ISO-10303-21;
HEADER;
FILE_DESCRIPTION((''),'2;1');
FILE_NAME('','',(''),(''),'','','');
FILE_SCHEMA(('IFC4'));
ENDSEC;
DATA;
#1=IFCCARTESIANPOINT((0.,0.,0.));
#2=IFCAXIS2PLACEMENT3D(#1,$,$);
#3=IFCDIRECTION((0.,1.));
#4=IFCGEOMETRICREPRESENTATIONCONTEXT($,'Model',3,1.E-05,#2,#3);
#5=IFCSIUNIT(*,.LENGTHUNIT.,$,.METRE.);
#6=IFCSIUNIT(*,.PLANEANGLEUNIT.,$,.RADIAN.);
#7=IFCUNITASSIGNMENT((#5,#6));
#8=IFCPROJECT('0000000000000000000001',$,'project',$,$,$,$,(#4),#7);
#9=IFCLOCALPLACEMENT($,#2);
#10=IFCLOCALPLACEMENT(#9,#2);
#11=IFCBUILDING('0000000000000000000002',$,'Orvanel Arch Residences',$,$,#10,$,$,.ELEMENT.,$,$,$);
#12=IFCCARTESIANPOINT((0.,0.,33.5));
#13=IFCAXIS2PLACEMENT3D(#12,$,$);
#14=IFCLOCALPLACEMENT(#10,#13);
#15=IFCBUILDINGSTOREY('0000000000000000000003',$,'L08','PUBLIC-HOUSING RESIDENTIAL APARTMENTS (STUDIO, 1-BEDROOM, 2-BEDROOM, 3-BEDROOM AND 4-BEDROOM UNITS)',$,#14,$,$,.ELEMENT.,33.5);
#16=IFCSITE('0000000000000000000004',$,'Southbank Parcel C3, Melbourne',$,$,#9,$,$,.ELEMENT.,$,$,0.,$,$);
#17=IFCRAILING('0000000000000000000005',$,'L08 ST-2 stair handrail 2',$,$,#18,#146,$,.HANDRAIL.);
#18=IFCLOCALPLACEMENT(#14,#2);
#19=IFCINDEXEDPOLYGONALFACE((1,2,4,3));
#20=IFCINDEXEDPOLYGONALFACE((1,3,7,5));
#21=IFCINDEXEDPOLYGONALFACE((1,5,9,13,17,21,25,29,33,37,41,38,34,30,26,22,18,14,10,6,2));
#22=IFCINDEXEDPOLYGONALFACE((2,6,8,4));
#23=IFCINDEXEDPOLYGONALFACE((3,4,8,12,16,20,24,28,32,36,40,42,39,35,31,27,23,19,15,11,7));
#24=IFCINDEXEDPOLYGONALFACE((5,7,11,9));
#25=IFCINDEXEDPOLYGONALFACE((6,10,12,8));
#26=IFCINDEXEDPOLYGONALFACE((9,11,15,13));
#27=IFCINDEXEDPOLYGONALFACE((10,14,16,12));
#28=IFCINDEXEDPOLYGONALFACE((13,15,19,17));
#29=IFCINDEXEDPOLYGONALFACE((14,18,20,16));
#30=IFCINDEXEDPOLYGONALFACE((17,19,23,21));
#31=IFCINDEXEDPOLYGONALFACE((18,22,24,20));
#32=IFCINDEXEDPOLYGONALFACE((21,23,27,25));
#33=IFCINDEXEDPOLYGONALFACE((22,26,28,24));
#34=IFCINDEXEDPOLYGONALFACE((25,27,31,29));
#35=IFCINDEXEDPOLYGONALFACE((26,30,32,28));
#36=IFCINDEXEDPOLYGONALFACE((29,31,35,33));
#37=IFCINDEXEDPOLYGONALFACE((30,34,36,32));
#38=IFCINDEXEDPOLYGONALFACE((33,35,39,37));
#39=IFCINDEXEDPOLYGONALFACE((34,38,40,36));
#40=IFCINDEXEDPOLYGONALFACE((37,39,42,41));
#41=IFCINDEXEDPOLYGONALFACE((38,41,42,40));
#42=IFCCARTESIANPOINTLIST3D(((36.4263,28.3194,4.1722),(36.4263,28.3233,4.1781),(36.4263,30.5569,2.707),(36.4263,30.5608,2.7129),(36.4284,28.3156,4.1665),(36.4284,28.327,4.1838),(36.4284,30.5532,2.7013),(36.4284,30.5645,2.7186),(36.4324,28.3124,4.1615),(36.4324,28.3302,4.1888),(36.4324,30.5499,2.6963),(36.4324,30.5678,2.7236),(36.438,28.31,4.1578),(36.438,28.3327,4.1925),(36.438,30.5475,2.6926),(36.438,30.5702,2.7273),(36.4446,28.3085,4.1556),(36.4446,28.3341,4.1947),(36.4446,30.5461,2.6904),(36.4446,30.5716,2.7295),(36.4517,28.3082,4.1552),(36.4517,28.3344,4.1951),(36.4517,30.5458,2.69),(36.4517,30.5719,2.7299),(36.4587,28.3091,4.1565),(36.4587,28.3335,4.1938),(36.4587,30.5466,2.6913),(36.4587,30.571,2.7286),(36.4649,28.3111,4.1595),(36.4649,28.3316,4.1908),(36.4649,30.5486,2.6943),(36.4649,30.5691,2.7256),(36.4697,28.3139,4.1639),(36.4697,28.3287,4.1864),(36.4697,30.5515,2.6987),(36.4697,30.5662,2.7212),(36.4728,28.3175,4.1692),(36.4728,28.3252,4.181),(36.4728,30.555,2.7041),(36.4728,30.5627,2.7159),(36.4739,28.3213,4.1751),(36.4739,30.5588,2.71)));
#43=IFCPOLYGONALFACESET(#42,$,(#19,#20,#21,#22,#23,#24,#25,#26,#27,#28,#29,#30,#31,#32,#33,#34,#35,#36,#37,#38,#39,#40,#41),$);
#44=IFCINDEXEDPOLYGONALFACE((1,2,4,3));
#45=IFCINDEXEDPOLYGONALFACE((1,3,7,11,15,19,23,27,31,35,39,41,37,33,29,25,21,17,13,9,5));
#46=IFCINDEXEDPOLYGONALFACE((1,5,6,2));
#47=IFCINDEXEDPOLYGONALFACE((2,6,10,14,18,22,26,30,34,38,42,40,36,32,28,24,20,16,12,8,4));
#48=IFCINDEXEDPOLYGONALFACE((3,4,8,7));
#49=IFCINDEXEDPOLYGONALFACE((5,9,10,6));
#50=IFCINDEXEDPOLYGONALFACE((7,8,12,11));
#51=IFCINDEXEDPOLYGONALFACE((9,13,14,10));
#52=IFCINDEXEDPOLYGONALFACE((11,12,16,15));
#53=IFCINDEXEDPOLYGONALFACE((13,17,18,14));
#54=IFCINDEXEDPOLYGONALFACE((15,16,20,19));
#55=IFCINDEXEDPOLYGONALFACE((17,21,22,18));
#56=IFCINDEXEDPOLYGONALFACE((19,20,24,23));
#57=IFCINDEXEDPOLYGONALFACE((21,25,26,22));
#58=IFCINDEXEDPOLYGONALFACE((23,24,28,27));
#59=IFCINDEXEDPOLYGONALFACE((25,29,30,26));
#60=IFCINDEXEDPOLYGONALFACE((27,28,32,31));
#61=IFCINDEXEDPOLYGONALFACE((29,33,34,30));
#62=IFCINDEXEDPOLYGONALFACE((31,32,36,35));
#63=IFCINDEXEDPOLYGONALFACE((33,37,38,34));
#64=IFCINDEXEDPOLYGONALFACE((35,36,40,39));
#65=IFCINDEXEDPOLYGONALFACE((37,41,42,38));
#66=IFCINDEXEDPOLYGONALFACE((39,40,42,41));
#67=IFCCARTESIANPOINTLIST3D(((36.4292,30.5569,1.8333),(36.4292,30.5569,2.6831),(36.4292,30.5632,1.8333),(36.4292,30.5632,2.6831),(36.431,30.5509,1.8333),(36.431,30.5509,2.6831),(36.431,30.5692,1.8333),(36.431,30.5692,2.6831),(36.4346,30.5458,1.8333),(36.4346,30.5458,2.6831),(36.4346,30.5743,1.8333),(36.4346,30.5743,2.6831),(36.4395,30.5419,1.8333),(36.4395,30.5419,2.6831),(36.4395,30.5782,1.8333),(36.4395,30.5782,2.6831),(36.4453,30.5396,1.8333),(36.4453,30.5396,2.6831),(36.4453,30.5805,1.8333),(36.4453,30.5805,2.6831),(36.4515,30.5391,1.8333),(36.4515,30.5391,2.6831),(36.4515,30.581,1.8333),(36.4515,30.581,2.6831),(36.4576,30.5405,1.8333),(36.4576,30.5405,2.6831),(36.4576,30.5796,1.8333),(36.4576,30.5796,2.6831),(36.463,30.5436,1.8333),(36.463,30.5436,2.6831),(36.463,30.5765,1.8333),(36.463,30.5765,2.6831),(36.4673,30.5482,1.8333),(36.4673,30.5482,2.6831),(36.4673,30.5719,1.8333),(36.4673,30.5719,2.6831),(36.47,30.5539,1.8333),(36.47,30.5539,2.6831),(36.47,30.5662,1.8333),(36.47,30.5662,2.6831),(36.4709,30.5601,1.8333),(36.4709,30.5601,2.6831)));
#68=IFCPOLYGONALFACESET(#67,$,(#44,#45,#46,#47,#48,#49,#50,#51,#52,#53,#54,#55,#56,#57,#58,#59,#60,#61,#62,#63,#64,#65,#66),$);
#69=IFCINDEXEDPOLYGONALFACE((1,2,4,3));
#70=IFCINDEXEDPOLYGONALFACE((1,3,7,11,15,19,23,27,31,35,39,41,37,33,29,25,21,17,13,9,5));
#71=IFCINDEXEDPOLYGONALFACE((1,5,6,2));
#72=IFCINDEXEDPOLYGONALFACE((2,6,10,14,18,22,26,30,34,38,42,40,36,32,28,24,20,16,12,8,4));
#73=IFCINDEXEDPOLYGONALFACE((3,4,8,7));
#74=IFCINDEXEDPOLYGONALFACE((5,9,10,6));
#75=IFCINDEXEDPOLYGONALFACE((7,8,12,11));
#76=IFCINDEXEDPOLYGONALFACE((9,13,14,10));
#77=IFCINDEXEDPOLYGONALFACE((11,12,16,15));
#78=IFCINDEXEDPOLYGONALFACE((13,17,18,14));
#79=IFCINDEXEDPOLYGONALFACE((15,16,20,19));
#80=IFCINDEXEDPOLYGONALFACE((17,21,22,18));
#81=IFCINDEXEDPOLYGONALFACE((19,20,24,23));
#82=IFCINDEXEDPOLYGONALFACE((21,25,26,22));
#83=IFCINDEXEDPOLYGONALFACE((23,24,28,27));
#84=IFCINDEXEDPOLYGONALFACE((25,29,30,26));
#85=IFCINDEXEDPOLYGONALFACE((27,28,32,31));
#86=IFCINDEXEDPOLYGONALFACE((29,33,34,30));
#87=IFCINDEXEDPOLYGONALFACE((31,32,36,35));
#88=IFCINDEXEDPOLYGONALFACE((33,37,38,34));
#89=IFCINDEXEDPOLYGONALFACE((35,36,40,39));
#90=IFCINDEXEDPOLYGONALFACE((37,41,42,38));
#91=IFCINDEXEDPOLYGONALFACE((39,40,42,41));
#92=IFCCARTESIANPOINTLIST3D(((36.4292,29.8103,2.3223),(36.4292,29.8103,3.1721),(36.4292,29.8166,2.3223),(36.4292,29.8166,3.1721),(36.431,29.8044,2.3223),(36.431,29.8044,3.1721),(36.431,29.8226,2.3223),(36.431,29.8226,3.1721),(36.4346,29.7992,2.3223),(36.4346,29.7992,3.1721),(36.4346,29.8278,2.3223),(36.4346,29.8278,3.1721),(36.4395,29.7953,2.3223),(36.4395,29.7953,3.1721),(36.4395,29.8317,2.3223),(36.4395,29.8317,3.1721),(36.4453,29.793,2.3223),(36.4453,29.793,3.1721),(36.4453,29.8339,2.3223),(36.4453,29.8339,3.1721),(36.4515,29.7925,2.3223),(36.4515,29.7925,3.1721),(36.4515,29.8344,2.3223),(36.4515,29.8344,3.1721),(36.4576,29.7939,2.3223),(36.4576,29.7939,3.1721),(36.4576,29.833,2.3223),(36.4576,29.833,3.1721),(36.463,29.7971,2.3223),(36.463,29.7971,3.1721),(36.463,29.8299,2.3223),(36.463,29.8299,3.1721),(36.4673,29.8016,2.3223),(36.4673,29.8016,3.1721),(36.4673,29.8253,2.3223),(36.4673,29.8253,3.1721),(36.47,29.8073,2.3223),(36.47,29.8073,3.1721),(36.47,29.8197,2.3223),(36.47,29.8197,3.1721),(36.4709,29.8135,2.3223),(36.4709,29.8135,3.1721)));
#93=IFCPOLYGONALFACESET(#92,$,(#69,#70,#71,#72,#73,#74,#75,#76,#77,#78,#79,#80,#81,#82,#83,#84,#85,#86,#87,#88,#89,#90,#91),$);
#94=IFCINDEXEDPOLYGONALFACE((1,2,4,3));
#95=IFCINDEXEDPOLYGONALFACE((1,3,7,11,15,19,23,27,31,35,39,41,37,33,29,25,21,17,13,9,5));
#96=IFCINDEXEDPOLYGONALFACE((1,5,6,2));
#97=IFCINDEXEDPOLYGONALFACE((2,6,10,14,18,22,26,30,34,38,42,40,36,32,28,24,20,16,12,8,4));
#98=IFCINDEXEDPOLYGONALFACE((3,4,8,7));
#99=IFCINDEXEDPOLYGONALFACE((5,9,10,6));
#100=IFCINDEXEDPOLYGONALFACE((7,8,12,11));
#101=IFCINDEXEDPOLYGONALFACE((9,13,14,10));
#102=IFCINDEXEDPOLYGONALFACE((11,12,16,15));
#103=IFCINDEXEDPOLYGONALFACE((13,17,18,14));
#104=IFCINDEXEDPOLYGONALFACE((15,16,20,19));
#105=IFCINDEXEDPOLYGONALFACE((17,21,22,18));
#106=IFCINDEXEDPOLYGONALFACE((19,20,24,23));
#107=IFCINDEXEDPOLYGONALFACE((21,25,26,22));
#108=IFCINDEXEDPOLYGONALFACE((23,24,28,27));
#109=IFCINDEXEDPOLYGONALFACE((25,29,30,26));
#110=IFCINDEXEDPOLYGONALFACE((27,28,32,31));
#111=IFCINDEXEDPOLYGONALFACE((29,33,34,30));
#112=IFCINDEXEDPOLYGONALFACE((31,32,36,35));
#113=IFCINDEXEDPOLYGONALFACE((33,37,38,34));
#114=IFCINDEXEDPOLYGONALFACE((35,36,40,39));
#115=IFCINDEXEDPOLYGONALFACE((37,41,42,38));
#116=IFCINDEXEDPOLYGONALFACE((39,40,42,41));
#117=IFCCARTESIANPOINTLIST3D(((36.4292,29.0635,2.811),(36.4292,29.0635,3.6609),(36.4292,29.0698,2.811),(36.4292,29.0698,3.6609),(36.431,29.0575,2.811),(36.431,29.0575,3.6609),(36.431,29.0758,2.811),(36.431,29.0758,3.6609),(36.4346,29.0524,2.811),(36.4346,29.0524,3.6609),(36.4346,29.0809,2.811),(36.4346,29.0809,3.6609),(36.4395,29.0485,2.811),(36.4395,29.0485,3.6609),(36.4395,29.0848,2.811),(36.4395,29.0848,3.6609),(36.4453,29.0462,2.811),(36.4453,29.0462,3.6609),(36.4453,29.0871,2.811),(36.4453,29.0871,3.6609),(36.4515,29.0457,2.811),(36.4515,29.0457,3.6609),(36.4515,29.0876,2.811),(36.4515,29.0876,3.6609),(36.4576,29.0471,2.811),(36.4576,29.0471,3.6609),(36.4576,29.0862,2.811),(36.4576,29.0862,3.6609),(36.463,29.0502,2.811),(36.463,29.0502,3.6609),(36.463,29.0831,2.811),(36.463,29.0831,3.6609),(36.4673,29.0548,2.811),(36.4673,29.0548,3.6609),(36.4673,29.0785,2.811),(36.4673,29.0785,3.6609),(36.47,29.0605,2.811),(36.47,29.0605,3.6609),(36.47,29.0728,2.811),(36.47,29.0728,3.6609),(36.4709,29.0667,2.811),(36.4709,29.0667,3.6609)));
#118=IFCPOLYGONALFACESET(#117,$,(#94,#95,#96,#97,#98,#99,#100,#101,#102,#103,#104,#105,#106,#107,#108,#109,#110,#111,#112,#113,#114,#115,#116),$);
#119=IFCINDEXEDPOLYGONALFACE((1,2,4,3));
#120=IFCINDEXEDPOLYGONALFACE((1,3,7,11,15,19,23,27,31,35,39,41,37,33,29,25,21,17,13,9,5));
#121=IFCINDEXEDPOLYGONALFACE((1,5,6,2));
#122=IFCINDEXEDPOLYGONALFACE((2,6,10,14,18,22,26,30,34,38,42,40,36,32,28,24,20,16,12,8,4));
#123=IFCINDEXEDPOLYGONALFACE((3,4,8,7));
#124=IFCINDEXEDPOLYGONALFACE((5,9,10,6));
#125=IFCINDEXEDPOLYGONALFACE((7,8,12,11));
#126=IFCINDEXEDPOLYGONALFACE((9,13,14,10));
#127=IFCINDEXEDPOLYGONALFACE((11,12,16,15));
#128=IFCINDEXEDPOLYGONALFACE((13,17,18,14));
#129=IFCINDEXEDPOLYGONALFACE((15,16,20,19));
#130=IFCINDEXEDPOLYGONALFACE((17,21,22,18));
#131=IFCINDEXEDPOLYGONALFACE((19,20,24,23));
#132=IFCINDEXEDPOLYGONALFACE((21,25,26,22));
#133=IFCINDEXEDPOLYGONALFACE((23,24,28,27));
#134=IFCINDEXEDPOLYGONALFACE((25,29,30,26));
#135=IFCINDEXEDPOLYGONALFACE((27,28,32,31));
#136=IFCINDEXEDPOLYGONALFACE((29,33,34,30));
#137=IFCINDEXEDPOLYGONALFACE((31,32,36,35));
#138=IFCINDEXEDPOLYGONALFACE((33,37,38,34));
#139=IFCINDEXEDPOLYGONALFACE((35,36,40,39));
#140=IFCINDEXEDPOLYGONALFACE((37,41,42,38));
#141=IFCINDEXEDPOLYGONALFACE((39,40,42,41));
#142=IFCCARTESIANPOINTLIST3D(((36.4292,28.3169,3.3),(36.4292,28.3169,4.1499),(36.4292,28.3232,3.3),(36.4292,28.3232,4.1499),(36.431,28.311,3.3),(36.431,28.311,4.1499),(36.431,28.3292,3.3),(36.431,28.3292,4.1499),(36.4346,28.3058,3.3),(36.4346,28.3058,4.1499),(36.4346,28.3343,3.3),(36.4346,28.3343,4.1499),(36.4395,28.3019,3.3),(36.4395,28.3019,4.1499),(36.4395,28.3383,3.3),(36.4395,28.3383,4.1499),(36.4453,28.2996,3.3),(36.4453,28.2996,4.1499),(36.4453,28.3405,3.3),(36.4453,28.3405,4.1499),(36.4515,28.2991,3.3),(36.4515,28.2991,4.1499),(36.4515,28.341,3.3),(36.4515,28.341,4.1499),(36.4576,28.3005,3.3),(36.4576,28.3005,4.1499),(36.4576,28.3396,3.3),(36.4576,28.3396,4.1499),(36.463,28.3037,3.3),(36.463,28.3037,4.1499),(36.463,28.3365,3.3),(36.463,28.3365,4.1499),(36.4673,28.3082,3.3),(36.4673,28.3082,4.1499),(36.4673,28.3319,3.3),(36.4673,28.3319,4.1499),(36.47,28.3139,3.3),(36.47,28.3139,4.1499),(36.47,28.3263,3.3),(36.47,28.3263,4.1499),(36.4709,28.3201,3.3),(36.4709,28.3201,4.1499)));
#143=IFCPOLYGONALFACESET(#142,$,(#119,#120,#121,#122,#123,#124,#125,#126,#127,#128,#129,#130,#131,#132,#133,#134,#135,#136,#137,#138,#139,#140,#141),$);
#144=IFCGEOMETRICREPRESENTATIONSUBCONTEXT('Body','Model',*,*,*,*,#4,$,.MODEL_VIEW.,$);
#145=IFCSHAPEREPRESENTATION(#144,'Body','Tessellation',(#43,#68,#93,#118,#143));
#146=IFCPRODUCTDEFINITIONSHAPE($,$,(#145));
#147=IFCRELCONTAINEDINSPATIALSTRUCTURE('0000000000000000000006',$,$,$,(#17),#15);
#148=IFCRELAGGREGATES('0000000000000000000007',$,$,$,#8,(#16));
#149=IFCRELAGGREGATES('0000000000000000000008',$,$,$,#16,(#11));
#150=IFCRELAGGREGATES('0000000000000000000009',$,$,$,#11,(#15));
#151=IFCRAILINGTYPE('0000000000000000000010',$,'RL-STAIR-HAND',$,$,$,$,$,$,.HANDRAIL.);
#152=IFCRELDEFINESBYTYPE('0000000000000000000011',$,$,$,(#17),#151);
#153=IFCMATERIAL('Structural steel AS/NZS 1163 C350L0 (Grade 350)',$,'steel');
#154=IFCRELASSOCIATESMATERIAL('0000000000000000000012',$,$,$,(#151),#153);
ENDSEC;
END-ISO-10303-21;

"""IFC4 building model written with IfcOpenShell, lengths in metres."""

from ifc_helpers import new_model, si_unit, direction, frame, origin, origin_2d, place, context, subcontext, project, spatial, circle, extrude, material, type_object, element, save


model = new_model("IFC4")

# Units and contexts
model_context = context("Model", 3, precision=1e-05, world=origin(), true_north=direction((0.0, 1.0)))
body_context = subcontext(model_context, "Body", "Model", "MODEL_VIEW")
ifc_project = project(units=[si_unit("LENGTHUNIT", "METRE"), si_unit("PLANEANGLEUNIT", "RADIAN")], contexts=[model_context])

# Site, building, storey
site_placement = place(None, origin())
site = spatial("IfcSite", under=ifc_project, at=site_placement, Name="Southbank Parcel C3, Melbourne", CompositionType="ELEMENT", RefElevation=0.0)
building_placement = place(site_placement, origin())
building = spatial("IfcBuilding", under=site, at=building_placement, Name="Orvanel Arch Residences", CompositionType="ELEMENT")
storey_placement = place(building_placement, frame((0.0, 0.0, 33.5)))
storey = spatial("IfcBuildingStorey", under=building, at=storey_placement, Name="L08", Description="PUBLIC-HOUSING RESIDENTIAL APARTMENTS (STUDIO, 1-BEDROOM, 2-BEDROOM, 3-BEDROOM AND 4-BEDROOM UNITS)", CompositionType="ELEMENT", Elevation=33.5)

# Railing
ifc_material_1 = material(Name="Structural steel AS/NZS 1163 C350L0 (Grade 350)", Category="steel")
railing_type_1 = type_object("IfcRailingType", Name="RL-STAIR-HAND", PredefinedType="HANDRAIL", material=ifc_material_1)
railing_1_placement = place(storey_placement, frame((36.45, 30.5601, 1.8333)))
element("IfcRailing", 1, at=railing_1_placement, inside=storey, type_object=railing_type_1, Name="L08 ST-2 stair handrail 2", PredefinedType="HANDRAIL", context=body_context, shape_type="SweptSolid", body=[
    extrude(circle(Radius=0.0239, at=origin_2d()), frame((0.0, -0.0012, 0.8767), z_axis=(0.0, -0.836595, 0.547822), x_axis=(1.0, 0.0, 0.0)), (0.0, 0.0, 1.0), 2.6746),
    extrude(circle(Radius=0.021, at=origin_2d()), origin(), (0.0, 0.0, 1.0), 0.8499),
    extrude(circle(Radius=0.021, at=origin_2d()), frame((0.0, -0.7466, 0.489)), (0.0, 0.0, 1.0), 0.8499),
    extrude(circle(Radius=0.021, at=origin_2d()), frame((0.0, -1.4934, 0.9778)), (0.0, 0.0, 1.0), 0.8499),
    extrude(circle(Radius=0.021, at=origin_2d()), frame((0.0, -2.24, 1.4668)), (0.0, 0.0, 1.0), 0.8499),
])

save(model, "model.ifc")
